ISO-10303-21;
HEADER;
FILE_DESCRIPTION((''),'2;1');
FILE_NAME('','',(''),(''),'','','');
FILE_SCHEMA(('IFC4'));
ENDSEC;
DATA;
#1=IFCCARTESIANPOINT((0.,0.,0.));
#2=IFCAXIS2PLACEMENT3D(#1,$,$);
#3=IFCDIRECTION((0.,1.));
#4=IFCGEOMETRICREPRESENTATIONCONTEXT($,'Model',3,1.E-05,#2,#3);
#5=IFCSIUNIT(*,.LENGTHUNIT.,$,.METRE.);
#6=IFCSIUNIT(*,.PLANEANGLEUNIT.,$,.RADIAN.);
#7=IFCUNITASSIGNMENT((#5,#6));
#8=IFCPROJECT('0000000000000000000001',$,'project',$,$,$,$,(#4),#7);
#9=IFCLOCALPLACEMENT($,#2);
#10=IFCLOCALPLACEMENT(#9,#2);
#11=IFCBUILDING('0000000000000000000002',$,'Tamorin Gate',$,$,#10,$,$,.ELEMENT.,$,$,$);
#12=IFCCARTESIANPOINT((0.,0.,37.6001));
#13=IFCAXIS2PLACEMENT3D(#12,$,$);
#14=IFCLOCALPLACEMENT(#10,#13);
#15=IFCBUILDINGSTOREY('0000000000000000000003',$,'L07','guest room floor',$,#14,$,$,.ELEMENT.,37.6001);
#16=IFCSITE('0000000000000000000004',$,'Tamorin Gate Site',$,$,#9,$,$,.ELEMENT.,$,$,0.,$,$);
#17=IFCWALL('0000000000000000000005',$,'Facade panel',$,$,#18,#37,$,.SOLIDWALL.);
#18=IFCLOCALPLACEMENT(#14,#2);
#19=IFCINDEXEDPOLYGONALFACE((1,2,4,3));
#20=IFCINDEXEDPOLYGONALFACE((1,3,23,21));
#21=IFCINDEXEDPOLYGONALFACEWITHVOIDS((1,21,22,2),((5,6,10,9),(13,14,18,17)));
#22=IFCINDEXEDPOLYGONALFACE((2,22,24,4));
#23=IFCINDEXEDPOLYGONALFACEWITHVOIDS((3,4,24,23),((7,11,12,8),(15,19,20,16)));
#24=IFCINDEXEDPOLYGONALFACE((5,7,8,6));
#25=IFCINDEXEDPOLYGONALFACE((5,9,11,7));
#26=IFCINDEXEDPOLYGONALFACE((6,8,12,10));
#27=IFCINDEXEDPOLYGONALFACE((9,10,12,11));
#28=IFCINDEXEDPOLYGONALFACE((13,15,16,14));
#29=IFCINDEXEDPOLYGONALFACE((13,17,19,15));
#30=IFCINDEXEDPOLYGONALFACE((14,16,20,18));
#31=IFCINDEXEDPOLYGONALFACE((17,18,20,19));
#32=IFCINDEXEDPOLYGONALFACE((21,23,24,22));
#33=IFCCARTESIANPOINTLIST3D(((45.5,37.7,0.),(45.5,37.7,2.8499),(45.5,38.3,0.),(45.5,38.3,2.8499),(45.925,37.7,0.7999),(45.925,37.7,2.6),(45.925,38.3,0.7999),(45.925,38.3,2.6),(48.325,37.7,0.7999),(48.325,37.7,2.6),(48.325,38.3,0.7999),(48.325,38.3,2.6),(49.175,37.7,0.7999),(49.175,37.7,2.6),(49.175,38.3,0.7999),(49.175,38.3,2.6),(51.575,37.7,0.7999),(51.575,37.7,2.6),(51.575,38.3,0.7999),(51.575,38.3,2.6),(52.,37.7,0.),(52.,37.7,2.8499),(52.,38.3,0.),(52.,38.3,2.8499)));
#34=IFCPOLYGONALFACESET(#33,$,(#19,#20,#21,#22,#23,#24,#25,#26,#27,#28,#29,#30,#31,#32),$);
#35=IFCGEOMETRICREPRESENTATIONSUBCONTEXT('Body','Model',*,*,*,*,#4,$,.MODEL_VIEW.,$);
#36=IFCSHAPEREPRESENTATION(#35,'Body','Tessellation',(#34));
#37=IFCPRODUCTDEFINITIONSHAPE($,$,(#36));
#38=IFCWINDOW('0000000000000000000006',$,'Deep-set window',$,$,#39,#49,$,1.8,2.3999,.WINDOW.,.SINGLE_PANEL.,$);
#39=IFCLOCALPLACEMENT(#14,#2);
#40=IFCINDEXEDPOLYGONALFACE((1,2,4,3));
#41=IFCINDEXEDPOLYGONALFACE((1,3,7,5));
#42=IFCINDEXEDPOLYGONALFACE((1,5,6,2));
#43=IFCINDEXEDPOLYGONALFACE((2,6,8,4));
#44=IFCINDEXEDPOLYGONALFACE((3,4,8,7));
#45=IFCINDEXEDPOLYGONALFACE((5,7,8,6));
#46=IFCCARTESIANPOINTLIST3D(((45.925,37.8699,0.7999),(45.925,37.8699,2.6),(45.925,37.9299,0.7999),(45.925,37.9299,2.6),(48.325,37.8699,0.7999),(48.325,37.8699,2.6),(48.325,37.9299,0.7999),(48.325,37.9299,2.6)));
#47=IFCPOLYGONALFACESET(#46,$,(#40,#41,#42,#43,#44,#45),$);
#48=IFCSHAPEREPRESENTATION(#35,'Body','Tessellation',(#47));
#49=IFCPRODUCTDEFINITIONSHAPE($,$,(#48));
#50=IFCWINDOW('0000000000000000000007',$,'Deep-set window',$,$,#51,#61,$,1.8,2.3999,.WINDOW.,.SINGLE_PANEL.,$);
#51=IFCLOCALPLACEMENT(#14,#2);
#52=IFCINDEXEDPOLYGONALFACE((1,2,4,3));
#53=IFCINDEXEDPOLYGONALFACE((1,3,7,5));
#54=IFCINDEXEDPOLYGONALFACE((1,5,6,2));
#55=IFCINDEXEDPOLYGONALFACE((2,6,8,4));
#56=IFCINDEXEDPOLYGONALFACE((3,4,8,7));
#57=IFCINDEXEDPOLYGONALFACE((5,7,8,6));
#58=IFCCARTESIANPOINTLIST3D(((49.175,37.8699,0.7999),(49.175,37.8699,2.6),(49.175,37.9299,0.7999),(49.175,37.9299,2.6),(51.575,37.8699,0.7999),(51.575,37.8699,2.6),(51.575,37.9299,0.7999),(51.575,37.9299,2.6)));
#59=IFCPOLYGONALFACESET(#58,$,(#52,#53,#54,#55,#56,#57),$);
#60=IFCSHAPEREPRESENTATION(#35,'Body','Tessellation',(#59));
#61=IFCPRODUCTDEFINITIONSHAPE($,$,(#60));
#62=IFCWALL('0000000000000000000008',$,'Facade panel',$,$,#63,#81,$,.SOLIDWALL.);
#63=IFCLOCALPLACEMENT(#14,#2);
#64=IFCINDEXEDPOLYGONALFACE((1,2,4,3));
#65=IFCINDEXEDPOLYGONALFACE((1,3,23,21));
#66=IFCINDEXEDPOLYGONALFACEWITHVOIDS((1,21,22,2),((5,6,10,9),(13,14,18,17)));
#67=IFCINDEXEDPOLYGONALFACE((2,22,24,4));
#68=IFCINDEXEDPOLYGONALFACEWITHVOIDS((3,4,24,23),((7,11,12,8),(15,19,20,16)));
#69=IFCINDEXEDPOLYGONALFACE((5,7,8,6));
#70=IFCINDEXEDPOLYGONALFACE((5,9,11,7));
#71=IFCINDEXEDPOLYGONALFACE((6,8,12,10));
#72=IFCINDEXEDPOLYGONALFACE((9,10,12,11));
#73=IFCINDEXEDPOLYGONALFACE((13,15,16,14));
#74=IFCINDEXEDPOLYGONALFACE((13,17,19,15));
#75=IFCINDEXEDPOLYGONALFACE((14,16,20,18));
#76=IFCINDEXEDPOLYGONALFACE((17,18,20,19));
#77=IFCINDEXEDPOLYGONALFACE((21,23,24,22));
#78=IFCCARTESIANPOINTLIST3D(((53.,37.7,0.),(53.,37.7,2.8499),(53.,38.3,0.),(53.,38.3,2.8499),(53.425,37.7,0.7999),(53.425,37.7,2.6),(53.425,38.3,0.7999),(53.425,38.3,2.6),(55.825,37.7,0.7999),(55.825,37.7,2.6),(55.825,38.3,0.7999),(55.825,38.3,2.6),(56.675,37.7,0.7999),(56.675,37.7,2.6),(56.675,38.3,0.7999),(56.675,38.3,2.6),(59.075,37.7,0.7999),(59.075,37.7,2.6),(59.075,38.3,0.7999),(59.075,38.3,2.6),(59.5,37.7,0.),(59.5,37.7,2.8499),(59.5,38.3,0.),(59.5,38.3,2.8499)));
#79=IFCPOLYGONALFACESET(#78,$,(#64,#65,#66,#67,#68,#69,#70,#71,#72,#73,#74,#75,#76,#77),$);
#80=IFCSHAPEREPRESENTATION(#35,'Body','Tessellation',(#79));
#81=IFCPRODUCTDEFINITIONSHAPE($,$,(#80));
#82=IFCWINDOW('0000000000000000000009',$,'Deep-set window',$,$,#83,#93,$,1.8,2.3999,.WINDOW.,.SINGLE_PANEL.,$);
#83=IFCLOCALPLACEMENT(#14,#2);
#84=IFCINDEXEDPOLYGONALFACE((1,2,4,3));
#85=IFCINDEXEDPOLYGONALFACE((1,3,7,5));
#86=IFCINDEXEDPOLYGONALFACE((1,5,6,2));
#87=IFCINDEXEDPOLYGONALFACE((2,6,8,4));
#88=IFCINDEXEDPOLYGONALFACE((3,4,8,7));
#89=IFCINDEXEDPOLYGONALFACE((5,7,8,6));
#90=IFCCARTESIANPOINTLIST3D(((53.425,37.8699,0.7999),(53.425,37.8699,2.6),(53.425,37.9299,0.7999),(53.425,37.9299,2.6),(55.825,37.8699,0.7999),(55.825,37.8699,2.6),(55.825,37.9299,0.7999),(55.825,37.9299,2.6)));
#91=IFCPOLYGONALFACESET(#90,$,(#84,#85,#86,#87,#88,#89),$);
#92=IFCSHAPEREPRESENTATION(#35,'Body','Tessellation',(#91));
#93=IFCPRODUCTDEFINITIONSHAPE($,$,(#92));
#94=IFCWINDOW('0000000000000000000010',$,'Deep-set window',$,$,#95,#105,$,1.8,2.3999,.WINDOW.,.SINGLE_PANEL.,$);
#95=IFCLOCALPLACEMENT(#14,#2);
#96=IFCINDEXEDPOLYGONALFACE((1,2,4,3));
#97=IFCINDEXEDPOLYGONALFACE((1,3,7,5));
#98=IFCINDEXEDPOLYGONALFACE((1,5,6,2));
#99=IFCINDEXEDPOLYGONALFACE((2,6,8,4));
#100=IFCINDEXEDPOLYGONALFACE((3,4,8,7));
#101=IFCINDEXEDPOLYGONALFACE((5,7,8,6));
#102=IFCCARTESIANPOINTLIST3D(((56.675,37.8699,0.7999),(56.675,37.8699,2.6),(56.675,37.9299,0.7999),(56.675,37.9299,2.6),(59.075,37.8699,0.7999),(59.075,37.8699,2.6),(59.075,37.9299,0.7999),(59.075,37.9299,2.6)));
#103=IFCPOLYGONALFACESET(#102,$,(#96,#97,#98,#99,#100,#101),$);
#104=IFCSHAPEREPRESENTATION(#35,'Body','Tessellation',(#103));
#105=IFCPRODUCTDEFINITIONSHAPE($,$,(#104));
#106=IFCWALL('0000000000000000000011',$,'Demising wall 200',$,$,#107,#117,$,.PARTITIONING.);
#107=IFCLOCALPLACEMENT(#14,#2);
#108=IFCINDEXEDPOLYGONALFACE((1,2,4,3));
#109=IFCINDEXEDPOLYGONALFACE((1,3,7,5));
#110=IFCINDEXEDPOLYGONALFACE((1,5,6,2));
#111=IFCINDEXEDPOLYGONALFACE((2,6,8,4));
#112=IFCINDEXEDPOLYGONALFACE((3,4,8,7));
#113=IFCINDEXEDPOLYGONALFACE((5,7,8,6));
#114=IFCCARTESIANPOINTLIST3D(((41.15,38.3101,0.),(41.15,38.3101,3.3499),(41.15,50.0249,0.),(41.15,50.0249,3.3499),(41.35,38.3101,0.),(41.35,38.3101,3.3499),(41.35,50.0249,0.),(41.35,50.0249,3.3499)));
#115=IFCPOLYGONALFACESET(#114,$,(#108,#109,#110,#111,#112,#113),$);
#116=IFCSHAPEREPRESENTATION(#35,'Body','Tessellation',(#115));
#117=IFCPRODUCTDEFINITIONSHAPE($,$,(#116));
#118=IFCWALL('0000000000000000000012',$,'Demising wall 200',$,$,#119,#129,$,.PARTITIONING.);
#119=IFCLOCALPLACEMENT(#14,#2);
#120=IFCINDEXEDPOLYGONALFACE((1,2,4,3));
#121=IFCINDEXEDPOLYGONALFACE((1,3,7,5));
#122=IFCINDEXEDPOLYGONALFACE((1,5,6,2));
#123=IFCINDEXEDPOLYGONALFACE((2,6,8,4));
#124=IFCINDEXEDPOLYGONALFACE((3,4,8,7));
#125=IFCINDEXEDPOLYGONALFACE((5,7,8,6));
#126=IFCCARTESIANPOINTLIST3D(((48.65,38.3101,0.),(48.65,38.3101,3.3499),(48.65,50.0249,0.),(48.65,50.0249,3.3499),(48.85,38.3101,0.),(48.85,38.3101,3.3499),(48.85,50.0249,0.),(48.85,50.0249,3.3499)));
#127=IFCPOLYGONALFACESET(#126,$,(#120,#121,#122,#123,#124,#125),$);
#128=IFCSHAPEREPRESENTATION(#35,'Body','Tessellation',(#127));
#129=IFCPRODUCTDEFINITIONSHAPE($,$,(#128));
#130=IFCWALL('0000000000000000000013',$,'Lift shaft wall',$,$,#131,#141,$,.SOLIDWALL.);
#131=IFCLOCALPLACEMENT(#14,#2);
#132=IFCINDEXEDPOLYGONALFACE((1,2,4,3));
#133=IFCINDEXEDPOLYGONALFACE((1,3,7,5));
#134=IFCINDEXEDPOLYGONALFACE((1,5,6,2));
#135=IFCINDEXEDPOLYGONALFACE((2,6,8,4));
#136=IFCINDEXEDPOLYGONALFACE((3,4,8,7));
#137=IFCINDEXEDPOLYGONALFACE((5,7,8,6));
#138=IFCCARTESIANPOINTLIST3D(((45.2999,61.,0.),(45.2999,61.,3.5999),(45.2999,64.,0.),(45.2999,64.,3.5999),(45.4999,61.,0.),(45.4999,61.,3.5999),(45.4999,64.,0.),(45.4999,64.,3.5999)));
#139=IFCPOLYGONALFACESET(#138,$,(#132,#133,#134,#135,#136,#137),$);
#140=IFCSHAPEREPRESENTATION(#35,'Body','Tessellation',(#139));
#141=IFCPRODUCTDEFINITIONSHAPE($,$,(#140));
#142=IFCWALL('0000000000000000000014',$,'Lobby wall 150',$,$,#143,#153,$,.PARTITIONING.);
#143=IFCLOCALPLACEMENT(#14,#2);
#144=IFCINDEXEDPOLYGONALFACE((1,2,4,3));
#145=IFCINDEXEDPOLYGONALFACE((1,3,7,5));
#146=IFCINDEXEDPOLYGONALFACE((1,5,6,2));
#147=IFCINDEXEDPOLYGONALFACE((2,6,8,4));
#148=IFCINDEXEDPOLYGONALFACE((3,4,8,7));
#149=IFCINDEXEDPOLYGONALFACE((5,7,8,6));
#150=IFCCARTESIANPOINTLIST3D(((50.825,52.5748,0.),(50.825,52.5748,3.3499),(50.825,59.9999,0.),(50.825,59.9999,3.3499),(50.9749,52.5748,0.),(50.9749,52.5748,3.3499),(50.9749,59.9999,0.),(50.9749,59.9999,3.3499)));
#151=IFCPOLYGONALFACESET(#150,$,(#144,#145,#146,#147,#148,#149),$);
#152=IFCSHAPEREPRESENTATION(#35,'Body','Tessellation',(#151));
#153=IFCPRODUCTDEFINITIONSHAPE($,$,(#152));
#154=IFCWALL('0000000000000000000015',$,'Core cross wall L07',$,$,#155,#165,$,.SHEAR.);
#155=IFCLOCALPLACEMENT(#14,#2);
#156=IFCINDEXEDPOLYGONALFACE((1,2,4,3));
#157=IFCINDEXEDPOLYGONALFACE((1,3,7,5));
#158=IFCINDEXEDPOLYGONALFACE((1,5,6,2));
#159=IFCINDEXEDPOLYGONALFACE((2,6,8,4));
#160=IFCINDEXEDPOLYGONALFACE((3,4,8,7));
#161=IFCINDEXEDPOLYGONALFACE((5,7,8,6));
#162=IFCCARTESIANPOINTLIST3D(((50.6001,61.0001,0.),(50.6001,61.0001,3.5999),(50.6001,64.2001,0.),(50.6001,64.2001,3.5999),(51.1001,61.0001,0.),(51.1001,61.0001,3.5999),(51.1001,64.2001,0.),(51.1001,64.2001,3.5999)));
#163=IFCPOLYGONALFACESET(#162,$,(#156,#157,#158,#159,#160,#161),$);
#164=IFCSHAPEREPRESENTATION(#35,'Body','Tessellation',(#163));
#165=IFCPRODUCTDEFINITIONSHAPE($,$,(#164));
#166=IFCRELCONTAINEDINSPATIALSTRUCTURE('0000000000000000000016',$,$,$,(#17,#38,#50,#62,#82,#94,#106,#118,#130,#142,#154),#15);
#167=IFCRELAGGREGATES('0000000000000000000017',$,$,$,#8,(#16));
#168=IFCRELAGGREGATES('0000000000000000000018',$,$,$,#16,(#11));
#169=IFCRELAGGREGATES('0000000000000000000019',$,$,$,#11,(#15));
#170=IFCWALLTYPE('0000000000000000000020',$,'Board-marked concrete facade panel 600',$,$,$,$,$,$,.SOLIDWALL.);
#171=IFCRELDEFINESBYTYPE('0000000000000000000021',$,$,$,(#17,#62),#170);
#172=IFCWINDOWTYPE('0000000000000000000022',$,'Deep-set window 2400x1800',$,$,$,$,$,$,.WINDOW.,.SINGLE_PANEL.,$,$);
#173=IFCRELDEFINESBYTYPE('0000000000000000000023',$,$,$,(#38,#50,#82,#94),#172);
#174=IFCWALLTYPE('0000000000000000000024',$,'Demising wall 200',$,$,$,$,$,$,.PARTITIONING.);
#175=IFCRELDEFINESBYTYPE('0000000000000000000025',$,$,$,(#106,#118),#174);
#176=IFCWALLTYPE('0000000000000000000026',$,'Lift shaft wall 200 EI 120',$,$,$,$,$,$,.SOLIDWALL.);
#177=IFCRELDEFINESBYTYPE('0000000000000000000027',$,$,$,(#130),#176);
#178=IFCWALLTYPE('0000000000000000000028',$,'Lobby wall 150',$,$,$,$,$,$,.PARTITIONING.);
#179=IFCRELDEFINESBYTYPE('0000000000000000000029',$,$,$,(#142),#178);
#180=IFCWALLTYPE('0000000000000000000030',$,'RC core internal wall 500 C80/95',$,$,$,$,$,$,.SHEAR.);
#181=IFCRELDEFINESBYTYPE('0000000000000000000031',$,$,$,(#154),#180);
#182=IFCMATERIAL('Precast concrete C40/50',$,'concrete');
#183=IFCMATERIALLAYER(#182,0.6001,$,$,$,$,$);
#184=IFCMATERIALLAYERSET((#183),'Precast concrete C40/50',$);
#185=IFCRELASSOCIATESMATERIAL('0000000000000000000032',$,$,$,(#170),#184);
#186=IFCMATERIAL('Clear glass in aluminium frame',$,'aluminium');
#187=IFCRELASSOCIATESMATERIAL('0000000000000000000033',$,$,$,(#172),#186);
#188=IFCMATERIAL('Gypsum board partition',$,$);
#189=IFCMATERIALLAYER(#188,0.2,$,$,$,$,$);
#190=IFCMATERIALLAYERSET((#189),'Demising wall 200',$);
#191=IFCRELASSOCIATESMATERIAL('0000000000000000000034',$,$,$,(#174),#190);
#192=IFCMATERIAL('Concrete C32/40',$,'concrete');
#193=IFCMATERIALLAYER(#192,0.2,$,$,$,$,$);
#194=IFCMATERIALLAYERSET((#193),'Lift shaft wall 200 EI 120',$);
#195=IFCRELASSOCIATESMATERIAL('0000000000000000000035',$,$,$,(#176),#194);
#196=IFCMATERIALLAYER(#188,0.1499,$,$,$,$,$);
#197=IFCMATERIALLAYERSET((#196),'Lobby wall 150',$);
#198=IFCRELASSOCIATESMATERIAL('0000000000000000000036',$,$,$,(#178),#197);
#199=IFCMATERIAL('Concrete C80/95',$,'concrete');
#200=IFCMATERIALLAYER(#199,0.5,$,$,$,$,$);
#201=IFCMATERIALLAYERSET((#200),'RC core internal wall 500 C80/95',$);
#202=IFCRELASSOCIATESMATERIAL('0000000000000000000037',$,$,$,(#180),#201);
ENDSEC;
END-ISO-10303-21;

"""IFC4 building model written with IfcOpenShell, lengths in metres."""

from ifc_helpers import new_model, si_unit, direction, frame, frame_2d, origin, place, context, subcontext, project, spatial, rectangle, extrude, material, layer, layer_set, type_object, element, fill, save


model = new_model("IFC4")

# Units and contexts
model_context = context("Model", 3, precision=1e-05, world=origin(), true_north=direction((0.0, 1.0)))
body_context = subcontext(model_context, "Body", "Model", "MODEL_VIEW")
ifc_project = project(units=[si_unit("LENGTHUNIT", "METRE"), si_unit("PLANEANGLEUNIT", "RADIAN")], contexts=[model_context])

# Site, building, storey
site_placement = place(None, origin())
site = spatial("IfcSite", under=ifc_project, at=site_placement, Name="Tamorin Gate Site", CompositionType="ELEMENT", RefElevation=0.0)
building_placement = place(site_placement, origin())
building = spatial("IfcBuilding", under=site, at=building_placement, Name="Tamorin Gate", CompositionType="ELEMENT")
storey_placement = place(building_placement, frame((0.0, 0.0, 37.6001)))
storey = spatial("IfcBuildingStorey", under=building, at=storey_placement, Name="L07", Description="guest room floor", CompositionType="ELEMENT", Elevation=37.6001)

# Shared definitions
ifc_material_1 = material(Name="Concrete C80/95", Category="concrete")

# Walls, openings, windows
ifc_material_2 = material(Name="Precast concrete C40/50", Category="concrete")
ifc_layer_1 = layer(ifc_material_2, 0.6001)
ifc_layer_set_1 = layer_set([ifc_layer_1], Name="Precast concrete C40/50")
wall_type_1 = type_object("IfcWallType", Name="Board-marked concrete facade panel 600", PredefinedType="SOLIDWALL", material=ifc_layer_set_1)
ifc_material_3 = material(Name="Clear glass in aluminium frame", Category="aluminium")
window_type = type_object("IfcWindowType", Name="Deep-set window 2400x1800", PartitioningType="SINGLE_PANEL", PredefinedType="WINDOW", material=ifc_material_3)
wall_1_placement = place(storey_placement, frame((45.5, 38.0, 0.0), z_axis=(0.0, 0.0, 1.0), x_axis=(1.0, 0.0, 0.0)))
wall_1 = element("IfcWall", 1, at=wall_1_placement, inside=storey, type_object=wall_type_1, Name="Facade panel", PredefinedType="SOLIDWALL", context=body_context, shape_type="SweptSolid", body=[
    extrude(rectangle(XDim=6.5, YDim=0.6001, at=frame_2d((3.25, 0.0))), origin(), (0.0, 0.0, 1.0), 2.8499),
])
opening_1_placement = place(wall_1_placement, frame((0.425, 0.0, 0.8)))
opening_1 = element("IfcOpeningElement", 2, at=opening_1_placement, cuts=wall_1, PredefinedType="OPENING", context=body_context, shape_type="SweptSolid", body=[
    extrude(rectangle(XDim=2.3999, YDim=1.8, at=frame_2d((1.2, 0.8999))), frame((0.0, 0.3101, 0.0), z_axis=(0.0, -1.0, 0.0), x_axis=(1.0, 0.0, 0.0)), (0.0, 0.0, 1.0), 0.6201),
])
opening_2_placement = place(wall_1_placement, frame((3.675, 0.0, 0.8)))
opening_2 = element("IfcOpeningElement", 3, at=opening_2_placement, cuts=wall_1, PredefinedType="OPENING", context=body_context, shape_type="SweptSolid", body=[
    extrude(rectangle(XDim=2.3999, YDim=1.8, at=frame_2d((1.2, 0.8999))), frame((0.0, 0.3101, 0.0), z_axis=(0.0, -1.0, 0.0), x_axis=(1.0, 0.0, 0.0)), (0.0, 0.0, 1.0), 0.6201),
])
window_1_placement = place(opening_1_placement, origin())
window_1 = element("IfcWindow", 4, at=window_1_placement, inside=storey, type_object=window_type, Name="Deep-set window", OverallHeight=1.8, OverallWidth=2.3999, PartitioningType="SINGLE_PANEL", PredefinedType="WINDOW", context=body_context, shape_type="SweptSolid", body=[
    extrude(rectangle(XDim=2.3999, YDim=1.8, at=frame_2d((1.2, 0.8999))), frame((0.0, -0.0701, 0.0), z_axis=(0.0, -1.0, 0.0), x_axis=(1.0, 0.0, 0.0)), (0.0, 0.0, 1.0), 0.0601),
])
fill(opening_1, window_1)
window_2_placement = place(opening_2_placement, origin())
window_2 = element("IfcWindow", 5, at=window_2_placement, inside=storey, type_object=window_type, Name="Deep-set window", OverallHeight=1.8, OverallWidth=2.3999, PartitioningType="SINGLE_PANEL", PredefinedType="WINDOW", context=body_context, shape_type="SweptSolid", body=[
    extrude(rectangle(XDim=2.3999, YDim=1.8, at=frame_2d((1.2, 0.8999))), frame((0.0, -0.0701, 0.0), z_axis=(0.0, -1.0, 0.0), x_axis=(1.0, 0.0, 0.0)), (0.0, 0.0, 1.0), 0.0601),
])
fill(opening_2, window_2)
wall_2_placement = place(storey_placement, frame((53.0, 38.0, 0.0), z_axis=(0.0, 0.0, 1.0), x_axis=(1.0, 0.0, 0.0)))
wall_2 = element("IfcWall", 6, at=wall_2_placement, inside=storey, type_object=wall_type_1, Name="Facade panel", PredefinedType="SOLIDWALL", context=body_context, shape_type="SweptSolid", body=[
    extrude(rectangle(XDim=6.5, YDim=0.6001, at=frame_2d((3.25, 0.0))), origin(), (0.0, 0.0, 1.0), 2.8499),
])
opening_3_placement = place(wall_2_placement, frame((0.425, 0.0, 0.8)))
opening_3 = element("IfcOpeningElement", 7, at=opening_3_placement, cuts=wall_2, PredefinedType="OPENING", context=body_context, shape_type="SweptSolid", body=[
    extrude(rectangle(XDim=2.3999, YDim=1.8, at=frame_2d((1.2, 0.8999))), frame((0.0, 0.3101, 0.0), z_axis=(0.0, -1.0, 0.0), x_axis=(1.0, 0.0, 0.0)), (0.0, 0.0, 1.0), 0.6201),
])
opening_4_placement = place(wall_2_placement, frame((3.675, 0.0, 0.8)))
opening_4 = element("IfcOpeningElement", 8, at=opening_4_placement, cuts=wall_2, PredefinedType="OPENING", context=body_context, shape_type="SweptSolid", body=[
    extrude(rectangle(XDim=2.3999, YDim=1.8, at=frame_2d((1.2, 0.8999))), frame((0.0, 0.3101, 0.0), z_axis=(0.0, -1.0, 0.0), x_axis=(1.0, 0.0, 0.0)), (0.0, 0.0, 1.0), 0.6201),
])
window_3_placement = place(opening_3_placement, origin())
window_3 = element("IfcWindow", 9, at=window_3_placement, inside=storey, type_object=window_type, Name="Deep-set window", OverallHeight=1.8, OverallWidth=2.3999, PartitioningType="SINGLE_PANEL", PredefinedType="WINDOW", context=body_context, shape_type="SweptSolid", body=[
    extrude(rectangle(XDim=2.3999, YDim=1.8, at=frame_2d((1.2, 0.8999))), frame((0.0, -0.0701, 0.0), z_axis=(0.0, -1.0, 0.0), x_axis=(1.0, 0.0, 0.0)), (0.0, 0.0, 1.0), 0.0601),
])
fill(opening_3, window_3)
window_4_placement = place(opening_4_placement, origin())
window_4 = element("IfcWindow", 10, at=window_4_placement, inside=storey, type_object=window_type, Name="Deep-set window", OverallHeight=1.8, OverallWidth=2.3999, PartitioningType="SINGLE_PANEL", PredefinedType="WINDOW", context=body_context, shape_type="SweptSolid", body=[
    extrude(rectangle(XDim=2.3999, YDim=1.8, at=frame_2d((1.2, 0.8999))), frame((0.0, -0.0701, 0.0), z_axis=(0.0, -1.0, 0.0), x_axis=(1.0, 0.0, 0.0)), (0.0, 0.0, 1.0), 0.0601),
])
fill(opening_4, window_4)

# Walls
ifc_material_4 = material(Name="Gypsum board partition")
ifc_layer_2 = layer(ifc_material_4, 0.2)
ifc_layer_set_2 = layer_set([ifc_layer_2], Name="Demising wall 200")
wall_type_2 = type_object("IfcWallType", Name="Demising wall 200", PredefinedType="PARTITIONING", material=ifc_layer_set_2)
for number, where, z_axis, x_axis, name in (
    (11, (41.25, 38.3101, 0.0), (0.0, 0.0, 1.0), (0.0, 1.0, 0.0), "Demising wall 200"),
    (12, (48.75, 38.3101, 0.0), (0.0, 0.0, 1.0), (0.0, 1.0, 0.0), "Demising wall 200"),
):
    element("IfcWall", number, at=place(storey_placement, frame(where, z_axis=z_axis, x_axis=x_axis)), inside=storey, type_object=wall_type_2, Name=name, PredefinedType="PARTITIONING", context=body_context, shape_type="SweptSolid", body=[
        extrude(rectangle(XDim=11.7148, YDim=0.2, at=frame_2d((5.8574, 0.0))), origin(), (0.0, 0.0, 1.0), 3.3499),
    ])
ifc_material_5 = material(Name="Concrete C32/40", Category="concrete")
ifc_layer_3 = layer(ifc_material_5, 0.2)
ifc_layer_set_3 = layer_set([ifc_layer_3], Name="Lift shaft wall 200 EI 120")
wall_type_3 = type_object("IfcWallType", Name="Lift shaft wall 200 EI 120", PredefinedType="SOLIDWALL", material=ifc_layer_set_3)
wall_3_placement = place(storey_placement, frame((45.3999, 61.0, 0.0), z_axis=(0.0, 0.0, 1.0), x_axis=(0.0, 1.0, 0.0)))
element("IfcWall", 13, at=wall_3_placement, inside=storey, type_object=wall_type_3, Name="Lift shaft wall", PredefinedType="SOLIDWALL", context=body_context, shape_type="SweptSolid", body=[
    extrude(rectangle(XDim=3.0, YDim=0.2, at=frame_2d((1.5, 0.0))), origin(), (0.0, 0.0, 1.0), 3.5999),
])
ifc_layer_4 = layer(ifc_material_4, 0.1499)
ifc_layer_set_4 = layer_set([ifc_layer_4], Name="Lobby wall 150")
wall_type_4 = type_object("IfcWallType", Name="Lobby wall 150", PredefinedType="PARTITIONING", material=ifc_layer_set_4)
wall_4_placement = place(storey_placement, frame((50.8999, 52.575, 0.0), z_axis=(0.0, 0.0, 1.0), x_axis=(0.0, 1.0, 0.0)))
element("IfcWall", 14, at=wall_4_placement, inside=storey, type_object=wall_type_4, Name="Lobby wall 150", PredefinedType="PARTITIONING", context=body_context, shape_type="SweptSolid", body=[
    extrude(rectangle(XDim=7.425, YDim=0.1499, at=frame_2d((3.7124, 0.0))), origin(), (0.0, 0.0, 1.0), 3.3499),
])
ifc_layer_5 = layer(ifc_material_1, 0.5)
ifc_layer_set_5 = layer_set([ifc_layer_5], Name="RC core internal wall 500 C80/95")
wall_type_5 = type_object("IfcWallType", Name="RC core internal wall 500 C80/95", PredefinedType="SHEAR", material=ifc_layer_set_5)
wall_5_placement = place(storey_placement, frame((50.8501, 61.0, 0.0), z_axis=(0.0, 0.0, 1.0), x_axis=(0.0, 1.0, 0.0)))
element("IfcWall", 15, at=wall_5_placement, inside=storey, type_object=wall_type_5, Name="Core cross wall L07", PredefinedType="SHEAR", context=body_context, shape_type="SweptSolid", body=[
    extrude(rectangle(XDim=3.2, YDim=0.5, at=frame_2d((1.6001, 0.0))), origin(), (0.0, 0.0, 1.0), 3.5999),
])

save(model, "model.ifc")
